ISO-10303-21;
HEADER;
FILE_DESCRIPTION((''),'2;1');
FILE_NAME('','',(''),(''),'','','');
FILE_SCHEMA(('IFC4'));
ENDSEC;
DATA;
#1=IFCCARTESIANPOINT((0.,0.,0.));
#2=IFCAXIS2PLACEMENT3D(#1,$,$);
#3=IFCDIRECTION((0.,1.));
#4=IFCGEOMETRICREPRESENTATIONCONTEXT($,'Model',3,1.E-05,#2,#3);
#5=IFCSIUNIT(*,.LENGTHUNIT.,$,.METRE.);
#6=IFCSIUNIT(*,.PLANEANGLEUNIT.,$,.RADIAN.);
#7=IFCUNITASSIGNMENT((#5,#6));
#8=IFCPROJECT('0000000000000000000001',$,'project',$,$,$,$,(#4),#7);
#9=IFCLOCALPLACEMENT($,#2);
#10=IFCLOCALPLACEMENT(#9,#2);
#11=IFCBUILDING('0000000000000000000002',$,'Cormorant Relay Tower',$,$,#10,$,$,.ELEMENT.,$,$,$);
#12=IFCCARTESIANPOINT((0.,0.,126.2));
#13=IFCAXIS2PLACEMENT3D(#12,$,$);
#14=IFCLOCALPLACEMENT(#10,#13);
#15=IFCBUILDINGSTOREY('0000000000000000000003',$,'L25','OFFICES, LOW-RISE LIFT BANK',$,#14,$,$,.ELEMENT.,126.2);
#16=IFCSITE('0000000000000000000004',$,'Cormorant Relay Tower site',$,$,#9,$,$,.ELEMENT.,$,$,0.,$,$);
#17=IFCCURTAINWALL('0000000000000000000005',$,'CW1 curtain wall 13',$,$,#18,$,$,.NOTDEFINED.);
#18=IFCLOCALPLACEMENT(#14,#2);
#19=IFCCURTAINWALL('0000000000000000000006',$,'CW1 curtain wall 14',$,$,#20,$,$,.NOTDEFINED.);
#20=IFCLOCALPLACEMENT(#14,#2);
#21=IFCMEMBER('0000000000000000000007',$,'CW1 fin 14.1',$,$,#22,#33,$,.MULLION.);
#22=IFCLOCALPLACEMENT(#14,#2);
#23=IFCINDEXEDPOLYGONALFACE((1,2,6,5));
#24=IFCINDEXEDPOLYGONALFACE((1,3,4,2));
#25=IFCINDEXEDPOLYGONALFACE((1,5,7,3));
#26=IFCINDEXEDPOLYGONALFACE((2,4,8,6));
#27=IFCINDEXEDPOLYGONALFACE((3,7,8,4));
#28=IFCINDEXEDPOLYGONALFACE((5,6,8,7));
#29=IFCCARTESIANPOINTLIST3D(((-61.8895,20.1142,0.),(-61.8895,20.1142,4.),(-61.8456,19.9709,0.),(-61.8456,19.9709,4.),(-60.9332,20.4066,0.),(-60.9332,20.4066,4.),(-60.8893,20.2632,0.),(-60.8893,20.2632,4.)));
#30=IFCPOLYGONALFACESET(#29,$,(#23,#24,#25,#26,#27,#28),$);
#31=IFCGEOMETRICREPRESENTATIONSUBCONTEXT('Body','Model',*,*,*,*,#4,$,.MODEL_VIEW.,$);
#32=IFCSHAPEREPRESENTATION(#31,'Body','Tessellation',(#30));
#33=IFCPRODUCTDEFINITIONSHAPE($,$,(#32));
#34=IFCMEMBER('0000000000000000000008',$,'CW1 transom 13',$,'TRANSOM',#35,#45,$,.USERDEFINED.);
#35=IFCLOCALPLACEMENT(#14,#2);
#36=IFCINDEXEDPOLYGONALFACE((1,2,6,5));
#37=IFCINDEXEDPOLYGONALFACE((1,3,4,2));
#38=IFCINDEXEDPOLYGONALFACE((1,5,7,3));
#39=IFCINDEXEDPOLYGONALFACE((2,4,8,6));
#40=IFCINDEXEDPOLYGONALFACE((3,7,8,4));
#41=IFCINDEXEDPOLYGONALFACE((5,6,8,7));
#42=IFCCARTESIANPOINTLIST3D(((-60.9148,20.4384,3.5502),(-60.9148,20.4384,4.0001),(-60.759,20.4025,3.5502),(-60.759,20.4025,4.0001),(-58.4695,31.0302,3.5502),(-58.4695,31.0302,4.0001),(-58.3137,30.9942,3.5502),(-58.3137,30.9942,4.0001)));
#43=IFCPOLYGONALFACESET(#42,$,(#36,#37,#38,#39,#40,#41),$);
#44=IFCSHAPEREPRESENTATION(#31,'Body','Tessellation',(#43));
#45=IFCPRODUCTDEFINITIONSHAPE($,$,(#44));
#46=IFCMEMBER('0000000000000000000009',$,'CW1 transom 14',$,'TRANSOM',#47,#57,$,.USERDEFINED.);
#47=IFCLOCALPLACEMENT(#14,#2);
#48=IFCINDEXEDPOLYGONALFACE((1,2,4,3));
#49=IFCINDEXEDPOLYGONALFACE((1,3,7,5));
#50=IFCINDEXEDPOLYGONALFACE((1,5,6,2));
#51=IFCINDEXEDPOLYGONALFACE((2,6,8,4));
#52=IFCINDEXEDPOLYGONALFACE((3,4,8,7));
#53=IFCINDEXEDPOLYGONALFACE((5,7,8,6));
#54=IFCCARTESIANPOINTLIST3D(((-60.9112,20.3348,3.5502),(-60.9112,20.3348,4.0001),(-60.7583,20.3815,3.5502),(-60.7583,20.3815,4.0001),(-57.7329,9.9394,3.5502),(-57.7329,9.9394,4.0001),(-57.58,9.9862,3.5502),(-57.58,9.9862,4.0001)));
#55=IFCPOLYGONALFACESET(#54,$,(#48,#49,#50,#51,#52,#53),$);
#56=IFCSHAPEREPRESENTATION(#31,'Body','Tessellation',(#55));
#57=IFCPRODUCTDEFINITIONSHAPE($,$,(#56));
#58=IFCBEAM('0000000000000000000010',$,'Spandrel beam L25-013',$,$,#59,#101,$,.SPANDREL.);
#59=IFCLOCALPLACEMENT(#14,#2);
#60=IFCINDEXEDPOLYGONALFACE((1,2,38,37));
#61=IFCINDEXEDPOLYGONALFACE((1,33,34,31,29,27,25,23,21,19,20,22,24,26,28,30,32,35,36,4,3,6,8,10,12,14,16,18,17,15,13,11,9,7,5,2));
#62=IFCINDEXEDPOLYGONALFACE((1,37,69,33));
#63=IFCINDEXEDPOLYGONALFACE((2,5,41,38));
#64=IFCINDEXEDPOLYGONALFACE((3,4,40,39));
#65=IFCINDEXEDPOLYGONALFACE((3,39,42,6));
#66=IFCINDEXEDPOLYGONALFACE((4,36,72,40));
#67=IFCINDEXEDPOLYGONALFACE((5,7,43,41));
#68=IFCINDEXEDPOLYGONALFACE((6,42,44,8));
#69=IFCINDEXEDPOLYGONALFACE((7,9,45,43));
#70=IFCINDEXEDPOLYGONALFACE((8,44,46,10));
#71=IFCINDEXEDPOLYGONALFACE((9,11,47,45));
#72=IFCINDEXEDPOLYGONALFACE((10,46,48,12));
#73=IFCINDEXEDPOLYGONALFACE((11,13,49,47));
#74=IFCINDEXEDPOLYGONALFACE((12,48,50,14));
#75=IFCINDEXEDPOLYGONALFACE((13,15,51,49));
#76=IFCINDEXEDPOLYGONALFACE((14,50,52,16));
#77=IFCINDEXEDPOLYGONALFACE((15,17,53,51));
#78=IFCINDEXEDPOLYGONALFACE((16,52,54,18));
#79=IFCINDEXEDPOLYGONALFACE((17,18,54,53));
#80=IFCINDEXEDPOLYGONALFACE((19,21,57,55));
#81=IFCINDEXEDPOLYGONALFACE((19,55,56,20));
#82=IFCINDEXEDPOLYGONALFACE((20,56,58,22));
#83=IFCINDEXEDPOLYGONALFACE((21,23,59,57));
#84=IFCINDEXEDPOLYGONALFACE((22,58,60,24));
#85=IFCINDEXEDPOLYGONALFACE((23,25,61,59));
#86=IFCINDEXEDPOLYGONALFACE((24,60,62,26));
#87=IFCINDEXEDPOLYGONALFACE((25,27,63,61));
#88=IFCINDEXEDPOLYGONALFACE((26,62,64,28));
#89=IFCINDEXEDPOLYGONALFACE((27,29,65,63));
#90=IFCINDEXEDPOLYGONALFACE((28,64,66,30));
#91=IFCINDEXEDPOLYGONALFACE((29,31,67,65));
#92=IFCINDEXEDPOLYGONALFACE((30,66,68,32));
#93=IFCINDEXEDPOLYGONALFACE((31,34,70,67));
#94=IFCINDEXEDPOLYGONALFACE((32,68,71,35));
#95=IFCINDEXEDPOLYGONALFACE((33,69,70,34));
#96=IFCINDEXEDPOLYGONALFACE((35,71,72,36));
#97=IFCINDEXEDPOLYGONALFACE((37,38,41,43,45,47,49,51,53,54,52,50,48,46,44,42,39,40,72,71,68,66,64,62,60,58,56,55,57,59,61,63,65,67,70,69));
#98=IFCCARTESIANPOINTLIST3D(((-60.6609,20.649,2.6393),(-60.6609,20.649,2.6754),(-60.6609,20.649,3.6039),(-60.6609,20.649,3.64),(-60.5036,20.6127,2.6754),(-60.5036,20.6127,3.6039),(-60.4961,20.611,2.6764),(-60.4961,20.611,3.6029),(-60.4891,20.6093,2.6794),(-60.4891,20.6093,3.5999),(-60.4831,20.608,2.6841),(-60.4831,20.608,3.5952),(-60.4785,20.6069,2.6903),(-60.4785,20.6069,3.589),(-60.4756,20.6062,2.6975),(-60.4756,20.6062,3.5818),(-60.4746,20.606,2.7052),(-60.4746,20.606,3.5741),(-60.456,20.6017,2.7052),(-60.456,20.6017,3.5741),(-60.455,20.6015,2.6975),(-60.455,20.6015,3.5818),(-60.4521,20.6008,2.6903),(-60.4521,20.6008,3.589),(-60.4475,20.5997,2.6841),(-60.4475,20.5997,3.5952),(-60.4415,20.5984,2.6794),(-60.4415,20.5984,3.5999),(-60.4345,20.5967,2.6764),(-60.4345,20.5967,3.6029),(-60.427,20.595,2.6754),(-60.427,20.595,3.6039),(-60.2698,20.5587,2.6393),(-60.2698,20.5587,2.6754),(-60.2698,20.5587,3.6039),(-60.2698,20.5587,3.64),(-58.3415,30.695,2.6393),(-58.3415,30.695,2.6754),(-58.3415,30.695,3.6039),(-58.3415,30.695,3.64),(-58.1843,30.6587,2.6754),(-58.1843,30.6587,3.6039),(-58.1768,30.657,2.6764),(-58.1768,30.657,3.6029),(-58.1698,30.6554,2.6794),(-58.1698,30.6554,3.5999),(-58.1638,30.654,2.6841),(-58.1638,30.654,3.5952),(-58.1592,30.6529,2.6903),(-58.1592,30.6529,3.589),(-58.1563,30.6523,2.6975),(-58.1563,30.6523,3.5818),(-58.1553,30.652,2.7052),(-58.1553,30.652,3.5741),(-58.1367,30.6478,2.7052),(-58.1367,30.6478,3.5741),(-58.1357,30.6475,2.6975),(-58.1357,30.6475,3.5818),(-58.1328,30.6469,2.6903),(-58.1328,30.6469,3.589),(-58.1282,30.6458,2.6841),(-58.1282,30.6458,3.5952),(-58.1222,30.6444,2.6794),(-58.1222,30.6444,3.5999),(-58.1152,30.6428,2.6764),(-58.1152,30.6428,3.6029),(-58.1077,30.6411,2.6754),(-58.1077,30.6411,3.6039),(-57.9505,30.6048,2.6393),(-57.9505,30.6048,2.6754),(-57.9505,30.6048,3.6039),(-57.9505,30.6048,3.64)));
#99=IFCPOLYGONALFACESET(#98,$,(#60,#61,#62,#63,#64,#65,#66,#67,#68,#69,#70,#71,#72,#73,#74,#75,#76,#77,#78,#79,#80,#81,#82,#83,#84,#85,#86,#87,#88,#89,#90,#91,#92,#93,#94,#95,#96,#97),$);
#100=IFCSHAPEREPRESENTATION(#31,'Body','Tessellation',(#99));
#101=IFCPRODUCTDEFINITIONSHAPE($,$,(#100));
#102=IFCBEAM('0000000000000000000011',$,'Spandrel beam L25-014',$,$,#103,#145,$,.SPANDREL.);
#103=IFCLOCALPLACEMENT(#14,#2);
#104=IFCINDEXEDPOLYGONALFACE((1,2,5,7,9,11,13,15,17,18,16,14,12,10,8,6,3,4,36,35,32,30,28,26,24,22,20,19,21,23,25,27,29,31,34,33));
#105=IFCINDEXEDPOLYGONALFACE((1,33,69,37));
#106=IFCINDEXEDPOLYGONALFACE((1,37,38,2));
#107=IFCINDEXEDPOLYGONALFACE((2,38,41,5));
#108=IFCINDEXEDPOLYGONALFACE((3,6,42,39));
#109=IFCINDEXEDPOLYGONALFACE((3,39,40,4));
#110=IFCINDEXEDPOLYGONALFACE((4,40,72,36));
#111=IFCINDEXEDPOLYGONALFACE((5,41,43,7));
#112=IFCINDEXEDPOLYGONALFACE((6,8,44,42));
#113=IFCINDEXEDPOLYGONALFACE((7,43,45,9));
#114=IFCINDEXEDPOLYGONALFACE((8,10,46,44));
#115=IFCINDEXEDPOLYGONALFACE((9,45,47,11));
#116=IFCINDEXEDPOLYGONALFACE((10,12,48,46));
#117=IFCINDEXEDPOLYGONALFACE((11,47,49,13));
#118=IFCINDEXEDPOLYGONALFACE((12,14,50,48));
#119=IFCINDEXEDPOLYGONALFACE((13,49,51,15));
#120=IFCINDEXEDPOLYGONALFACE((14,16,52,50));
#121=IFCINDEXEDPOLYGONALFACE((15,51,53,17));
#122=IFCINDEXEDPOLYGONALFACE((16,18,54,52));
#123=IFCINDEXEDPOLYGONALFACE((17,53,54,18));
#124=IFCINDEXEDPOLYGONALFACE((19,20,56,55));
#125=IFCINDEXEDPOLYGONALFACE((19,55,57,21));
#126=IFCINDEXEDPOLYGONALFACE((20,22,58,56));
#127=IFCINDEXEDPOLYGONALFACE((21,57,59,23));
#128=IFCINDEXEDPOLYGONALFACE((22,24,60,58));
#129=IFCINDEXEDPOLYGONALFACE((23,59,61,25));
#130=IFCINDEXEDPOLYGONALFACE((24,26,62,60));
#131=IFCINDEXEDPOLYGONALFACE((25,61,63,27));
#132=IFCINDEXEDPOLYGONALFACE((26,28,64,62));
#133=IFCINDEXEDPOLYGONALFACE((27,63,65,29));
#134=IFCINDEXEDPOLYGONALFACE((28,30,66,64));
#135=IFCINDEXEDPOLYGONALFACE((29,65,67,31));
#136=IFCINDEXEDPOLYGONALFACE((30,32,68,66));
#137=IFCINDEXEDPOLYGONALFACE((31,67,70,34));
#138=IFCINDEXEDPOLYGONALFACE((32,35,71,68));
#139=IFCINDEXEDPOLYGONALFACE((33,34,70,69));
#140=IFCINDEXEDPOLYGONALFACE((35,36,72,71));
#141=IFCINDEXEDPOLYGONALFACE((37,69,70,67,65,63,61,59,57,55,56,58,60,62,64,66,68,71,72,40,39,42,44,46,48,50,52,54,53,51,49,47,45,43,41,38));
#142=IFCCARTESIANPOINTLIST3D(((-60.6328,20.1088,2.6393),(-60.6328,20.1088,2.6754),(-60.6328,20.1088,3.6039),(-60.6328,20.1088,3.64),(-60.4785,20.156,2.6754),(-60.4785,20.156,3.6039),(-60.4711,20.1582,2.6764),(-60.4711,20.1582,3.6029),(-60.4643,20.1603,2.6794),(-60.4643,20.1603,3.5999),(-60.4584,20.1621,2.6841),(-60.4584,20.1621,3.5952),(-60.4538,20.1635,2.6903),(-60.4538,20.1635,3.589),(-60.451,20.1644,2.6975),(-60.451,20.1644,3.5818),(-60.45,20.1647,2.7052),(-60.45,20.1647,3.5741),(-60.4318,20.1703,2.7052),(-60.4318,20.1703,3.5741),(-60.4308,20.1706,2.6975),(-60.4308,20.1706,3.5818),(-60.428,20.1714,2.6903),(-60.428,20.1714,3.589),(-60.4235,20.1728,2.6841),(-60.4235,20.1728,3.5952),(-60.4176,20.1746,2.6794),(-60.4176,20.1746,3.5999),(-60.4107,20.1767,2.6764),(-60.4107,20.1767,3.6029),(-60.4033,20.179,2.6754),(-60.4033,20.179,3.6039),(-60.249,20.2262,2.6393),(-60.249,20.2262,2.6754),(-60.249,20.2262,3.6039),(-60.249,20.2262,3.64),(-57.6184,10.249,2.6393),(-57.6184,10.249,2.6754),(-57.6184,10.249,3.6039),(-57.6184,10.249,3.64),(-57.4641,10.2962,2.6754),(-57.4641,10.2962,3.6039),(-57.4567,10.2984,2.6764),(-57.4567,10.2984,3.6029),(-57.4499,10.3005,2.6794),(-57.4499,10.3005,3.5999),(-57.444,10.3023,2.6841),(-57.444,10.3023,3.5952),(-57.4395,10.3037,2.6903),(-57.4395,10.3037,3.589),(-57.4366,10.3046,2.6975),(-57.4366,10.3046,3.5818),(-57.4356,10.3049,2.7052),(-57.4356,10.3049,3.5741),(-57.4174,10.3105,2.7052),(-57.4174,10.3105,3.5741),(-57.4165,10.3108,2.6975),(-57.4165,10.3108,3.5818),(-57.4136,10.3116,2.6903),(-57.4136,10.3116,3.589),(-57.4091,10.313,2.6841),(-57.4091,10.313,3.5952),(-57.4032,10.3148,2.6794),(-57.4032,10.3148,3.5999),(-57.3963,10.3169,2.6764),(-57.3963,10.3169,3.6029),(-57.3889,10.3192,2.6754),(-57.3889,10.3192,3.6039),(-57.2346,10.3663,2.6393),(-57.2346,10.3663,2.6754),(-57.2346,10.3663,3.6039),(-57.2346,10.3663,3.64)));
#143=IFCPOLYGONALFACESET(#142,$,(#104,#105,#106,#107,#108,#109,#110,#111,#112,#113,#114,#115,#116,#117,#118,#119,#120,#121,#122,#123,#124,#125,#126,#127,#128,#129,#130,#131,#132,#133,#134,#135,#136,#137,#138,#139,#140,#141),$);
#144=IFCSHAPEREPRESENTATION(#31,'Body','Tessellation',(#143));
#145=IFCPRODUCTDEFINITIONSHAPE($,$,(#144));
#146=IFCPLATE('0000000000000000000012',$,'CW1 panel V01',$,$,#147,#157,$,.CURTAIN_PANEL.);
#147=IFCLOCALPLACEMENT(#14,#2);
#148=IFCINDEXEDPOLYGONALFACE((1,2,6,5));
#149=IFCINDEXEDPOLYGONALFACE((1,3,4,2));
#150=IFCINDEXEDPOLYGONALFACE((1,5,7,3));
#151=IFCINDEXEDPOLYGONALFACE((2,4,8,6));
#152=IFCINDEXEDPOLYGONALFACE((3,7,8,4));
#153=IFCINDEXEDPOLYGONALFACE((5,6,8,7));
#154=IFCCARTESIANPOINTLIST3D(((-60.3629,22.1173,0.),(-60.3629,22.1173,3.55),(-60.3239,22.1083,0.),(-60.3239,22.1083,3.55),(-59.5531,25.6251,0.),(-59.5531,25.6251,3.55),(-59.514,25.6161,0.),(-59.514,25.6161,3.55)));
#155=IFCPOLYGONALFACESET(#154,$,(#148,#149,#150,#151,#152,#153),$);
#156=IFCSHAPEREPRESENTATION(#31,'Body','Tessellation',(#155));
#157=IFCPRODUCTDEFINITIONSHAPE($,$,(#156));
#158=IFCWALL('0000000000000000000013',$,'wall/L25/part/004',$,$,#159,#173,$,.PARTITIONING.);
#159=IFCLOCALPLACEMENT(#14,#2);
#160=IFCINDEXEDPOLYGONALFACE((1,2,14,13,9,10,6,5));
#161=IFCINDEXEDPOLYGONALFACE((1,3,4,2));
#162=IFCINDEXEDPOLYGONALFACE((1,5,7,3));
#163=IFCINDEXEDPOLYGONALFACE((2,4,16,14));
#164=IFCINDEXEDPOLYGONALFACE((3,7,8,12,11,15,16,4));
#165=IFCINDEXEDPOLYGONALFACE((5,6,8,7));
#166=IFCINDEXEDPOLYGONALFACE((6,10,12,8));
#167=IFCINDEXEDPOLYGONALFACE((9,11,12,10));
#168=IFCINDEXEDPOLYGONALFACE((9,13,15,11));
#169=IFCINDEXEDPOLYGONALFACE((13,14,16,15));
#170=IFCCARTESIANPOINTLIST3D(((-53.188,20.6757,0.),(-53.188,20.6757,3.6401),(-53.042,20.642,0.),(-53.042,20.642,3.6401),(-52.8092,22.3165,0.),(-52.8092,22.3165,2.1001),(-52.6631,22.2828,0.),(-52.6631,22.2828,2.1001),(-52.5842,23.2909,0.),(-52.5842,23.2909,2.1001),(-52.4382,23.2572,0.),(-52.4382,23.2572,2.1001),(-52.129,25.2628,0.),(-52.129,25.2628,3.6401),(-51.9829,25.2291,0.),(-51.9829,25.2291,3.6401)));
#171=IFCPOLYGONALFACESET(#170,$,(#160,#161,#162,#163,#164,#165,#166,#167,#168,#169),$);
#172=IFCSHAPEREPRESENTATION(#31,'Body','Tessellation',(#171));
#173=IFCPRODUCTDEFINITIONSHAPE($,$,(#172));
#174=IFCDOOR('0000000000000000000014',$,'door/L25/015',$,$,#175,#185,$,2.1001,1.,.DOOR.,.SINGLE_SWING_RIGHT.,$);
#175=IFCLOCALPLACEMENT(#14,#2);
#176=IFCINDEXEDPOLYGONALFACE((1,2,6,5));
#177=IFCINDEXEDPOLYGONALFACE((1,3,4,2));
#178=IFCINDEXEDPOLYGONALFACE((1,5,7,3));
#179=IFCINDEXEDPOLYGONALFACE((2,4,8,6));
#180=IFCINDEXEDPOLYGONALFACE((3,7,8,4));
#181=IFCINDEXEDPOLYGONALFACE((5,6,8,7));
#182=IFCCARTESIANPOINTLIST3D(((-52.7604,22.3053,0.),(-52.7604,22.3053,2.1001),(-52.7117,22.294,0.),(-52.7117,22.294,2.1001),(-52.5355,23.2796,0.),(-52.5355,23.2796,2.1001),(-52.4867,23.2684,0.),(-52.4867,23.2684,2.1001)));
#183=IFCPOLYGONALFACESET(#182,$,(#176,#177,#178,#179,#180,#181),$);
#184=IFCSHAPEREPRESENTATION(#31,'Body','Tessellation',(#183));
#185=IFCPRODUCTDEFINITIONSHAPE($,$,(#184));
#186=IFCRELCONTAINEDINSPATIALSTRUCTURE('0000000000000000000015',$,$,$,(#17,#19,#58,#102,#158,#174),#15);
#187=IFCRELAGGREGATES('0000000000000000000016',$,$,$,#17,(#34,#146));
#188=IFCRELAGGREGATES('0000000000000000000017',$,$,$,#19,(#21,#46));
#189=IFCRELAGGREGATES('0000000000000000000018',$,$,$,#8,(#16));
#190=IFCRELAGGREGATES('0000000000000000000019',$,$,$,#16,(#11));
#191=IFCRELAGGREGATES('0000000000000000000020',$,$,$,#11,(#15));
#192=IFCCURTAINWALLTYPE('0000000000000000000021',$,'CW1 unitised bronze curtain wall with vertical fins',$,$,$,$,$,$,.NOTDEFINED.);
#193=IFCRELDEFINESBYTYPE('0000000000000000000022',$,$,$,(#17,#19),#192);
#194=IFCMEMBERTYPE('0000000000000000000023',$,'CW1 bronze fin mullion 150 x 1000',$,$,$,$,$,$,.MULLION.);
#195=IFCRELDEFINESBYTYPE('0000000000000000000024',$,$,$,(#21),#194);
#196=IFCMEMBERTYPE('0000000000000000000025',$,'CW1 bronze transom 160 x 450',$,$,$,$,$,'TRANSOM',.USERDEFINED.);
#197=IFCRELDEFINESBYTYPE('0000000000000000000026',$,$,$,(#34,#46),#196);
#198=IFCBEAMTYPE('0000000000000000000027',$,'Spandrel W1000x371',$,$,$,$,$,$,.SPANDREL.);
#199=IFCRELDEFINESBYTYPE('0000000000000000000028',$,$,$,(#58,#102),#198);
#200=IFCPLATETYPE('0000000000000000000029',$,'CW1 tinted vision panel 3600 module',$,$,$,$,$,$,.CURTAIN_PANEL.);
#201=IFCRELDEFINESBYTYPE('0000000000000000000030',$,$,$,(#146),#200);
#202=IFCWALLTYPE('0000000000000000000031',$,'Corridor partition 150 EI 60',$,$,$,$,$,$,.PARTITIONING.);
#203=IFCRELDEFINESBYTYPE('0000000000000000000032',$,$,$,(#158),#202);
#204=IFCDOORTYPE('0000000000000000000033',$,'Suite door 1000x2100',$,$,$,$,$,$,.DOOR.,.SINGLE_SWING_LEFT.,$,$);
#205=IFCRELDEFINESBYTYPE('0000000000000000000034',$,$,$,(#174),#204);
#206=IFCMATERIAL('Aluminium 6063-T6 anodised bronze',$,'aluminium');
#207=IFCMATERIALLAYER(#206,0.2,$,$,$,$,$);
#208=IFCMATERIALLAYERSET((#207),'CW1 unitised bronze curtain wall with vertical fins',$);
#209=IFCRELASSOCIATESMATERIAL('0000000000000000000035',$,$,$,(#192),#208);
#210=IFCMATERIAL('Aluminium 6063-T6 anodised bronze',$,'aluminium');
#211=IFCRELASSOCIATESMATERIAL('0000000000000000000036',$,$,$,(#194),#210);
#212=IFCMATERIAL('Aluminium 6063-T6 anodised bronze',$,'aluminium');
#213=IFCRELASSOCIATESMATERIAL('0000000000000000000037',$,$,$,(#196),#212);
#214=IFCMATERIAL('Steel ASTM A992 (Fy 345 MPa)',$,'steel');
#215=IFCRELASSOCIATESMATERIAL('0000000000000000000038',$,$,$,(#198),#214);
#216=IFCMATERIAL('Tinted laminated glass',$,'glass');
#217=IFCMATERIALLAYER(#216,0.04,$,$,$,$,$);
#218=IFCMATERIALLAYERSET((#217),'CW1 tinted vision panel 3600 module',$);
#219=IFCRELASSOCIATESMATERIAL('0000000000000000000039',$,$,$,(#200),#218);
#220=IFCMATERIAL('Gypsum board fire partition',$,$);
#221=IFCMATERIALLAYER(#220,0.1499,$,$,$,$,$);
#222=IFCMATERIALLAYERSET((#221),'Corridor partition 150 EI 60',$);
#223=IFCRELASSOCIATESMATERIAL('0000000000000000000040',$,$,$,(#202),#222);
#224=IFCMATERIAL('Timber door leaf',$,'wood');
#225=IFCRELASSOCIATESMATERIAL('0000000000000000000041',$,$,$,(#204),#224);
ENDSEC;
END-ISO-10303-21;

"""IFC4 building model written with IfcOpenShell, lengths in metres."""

from ifc_helpers import new_model, si_unit, direction, frame, frame_2d, origin, origin_2d, place, context, subcontext, project, spatial, rectangle, i_section, extrude, material, layer, layer_set, material_profile, profile_set, type_object, element, fill, aggregate, save


model = new_model("IFC4")

# Units and contexts
model_context = context("Model", 3, precision=1e-05, world=origin(), true_north=direction((0.0, 1.0)))
body_context = subcontext(model_context, "Body", "Model", "MODEL_VIEW")
ifc_project = project(units=[si_unit("LENGTHUNIT", "METRE"), si_unit("PLANEANGLEUNIT", "RADIAN")], contexts=[model_context])

# Site, building, storey
site_placement = place(None, origin())
site = spatial("IfcSite", under=ifc_project, at=site_placement, Name="Cormorant Relay Tower site", CompositionType="ELEMENT", RefElevation=0.0)
building_placement = place(site_placement, origin())
building = spatial("IfcBuilding", under=site, at=building_placement, Name="Cormorant Relay Tower", CompositionType="ELEMENT")
storey_placement = place(building_placement, frame((0.0, 0.0, 126.2)))
storey = spatial("IfcBuildingStorey", under=building, at=storey_placement, Name="L25", Description="OFFICES, LOW-RISE LIFT BANK", CompositionType="ELEMENT", Elevation=126.2)

# Curtain walls, member
ifc_material_1 = material(Name="Aluminium 6063-T6 anodised bronze", Category="aluminium")
ifc_layer_1 = layer(ifc_material_1, 0.2)
ifc_layer_set_1 = layer_set([ifc_layer_1], Name="CW1 unitised bronze curtain wall with vertical fins")
curtain_wall_type = type_object("IfcCurtainWallType", Name="CW1 unitised bronze curtain wall with vertical fins", PredefinedType="NOTDEFINED", material=ifc_layer_set_1)
curtain_wall_1_placement = place(storey_placement, origin())
curtain_wall_1 = element("IfcCurtainWall", 1, at=curtain_wall_1_placement, inside=storey, type_object=curtain_wall_type, Name="CW1 curtain wall 13", PredefinedType="NOTDEFINED")
ifc_material_2 = material(Name="Aluminium 6063-T6 anodised bronze", Category="aluminium")
ifc_material_profile_1 = material_profile(ifc_material_2, rectangle(XDim=0.1499, YDim=1.0, at=origin_2d()), Name="AL 150x1000")
ifc_profile_set_1 = profile_set([ifc_material_profile_1], Name="Aluminium 6063-T6 anodised bronze")
member_type_1 = type_object("IfcMemberType", Name="CW1 bronze fin mullion 150 x 1000", PredefinedType="MULLION", material=ifc_profile_set_1)
curtain_wall_2_placement = place(storey_placement, origin())
curtain_wall_2 = element("IfcCurtainWall", 2, at=curtain_wall_2_placement, inside=storey, type_object=curtain_wall_type, Name="CW1 curtain wall 14", PredefinedType="NOTDEFINED")
member_1_placement = place(storey_placement, frame((-61.3894, 20.1887, 0.0), z_axis=(0.0, 0.0, 1.0), x_axis=(0.292372, -0.956305, 0.0)))
member_1 = element("IfcMember", 3, at=member_1_placement, type_object=member_type_1, Name="CW1 fin 14.1", PredefinedType="MULLION", context=body_context, shape_type="SweptSolid", body=[
    extrude(rectangle(XDim=0.1499, YDim=1.0, at=origin_2d()), origin(), (0.0, 0.0, 1.0), 4.0),
])

# Members
ifc_material_3 = material(Name="Aluminium 6063-T6 anodised bronze", Category="aluminium")
ifc_material_profile_2 = material_profile(ifc_material_3, rectangle(XDim=0.1599, YDim=0.45, at=origin_2d()), Name="AL 160x450")
ifc_profile_set_2 = profile_set([ifc_material_profile_2], Name="Aluminium 6063-T6 anodised bronze")
member_type_2 = type_object("IfcMemberType", Name="CW1 bronze transom 160 x 450", ElementType="TRANSOM", PredefinedType="USERDEFINED", material=ifc_profile_set_2)
member_2_placement = place(storey_placement, frame((-58.3916, 31.0122, 3.7751), z_axis=(-0.224951, -0.97437, 0.0), x_axis=(0.97437, -0.224951, 0.0)))
member_2 = element("IfcMember", 4, at=member_2_placement, type_object=member_type_2, Name="CW1 transom 13", ObjectType="TRANSOM", PredefinedType="USERDEFINED", context=body_context, shape_type="SweptSolid", body=[
    extrude(rectangle(XDim=0.1599, YDim=0.45, at=origin_2d()), origin(), (0.0, 0.0, 1.0), 10.8704),
])
member_3_placement = place(storey_placement, frame((-60.8347, 20.3582, 3.7751), z_axis=(0.292378, -0.956303, 0.0), x_axis=(0.956303, 0.292378, 0.0)))
member_3 = element("IfcMember", 5, at=member_3_placement, type_object=member_type_2, Name="CW1 transom 14", ObjectType="TRANSOM", PredefinedType="USERDEFINED", context=body_context, shape_type="SweptSolid", body=[
    extrude(rectangle(XDim=0.1599, YDim=0.45, at=origin_2d()), origin(), (0.0, 0.0, 1.0), 10.8704),
])

# Beams
ifc_material_4 = material(Name="Steel ASTM A992 (Fy 345 MPa)", Category="steel")
ifc_material_profile_3 = material_profile(ifc_material_4, i_section(OverallWidth=0.4014, OverallDepth=1.0007, WebThickness=0.019, FlangeThickness=0.0361, FilletRadius=0.0298, at=origin_2d()), Name="W1000x371")
ifc_profile_set_3 = profile_set([ifc_material_profile_3], Name="Steel ASTM A992 (Fy 345 MPa)")
beam_type = type_object("IfcBeamType", Name="Spandrel W1000x371", PredefinedType="SPANDREL", material=ifc_profile_set_3)
for number, where, z_axis, x_axis, name in (
    (6, (-58.146, 30.6499, 3.1396), (-0.224951, -0.97437, 0.0), (0.97437, -0.224951, 0.0), "Spandrel beam L25-013"),
    (7, (-60.4409, 20.1675, 3.1396), (0.292367, -0.956306, 0.0), (0.956306, 0.292367, 0.0), "Spandrel beam L25-014"),
):
    element("IfcBeam", number, at=place(storey_placement, frame(where, z_axis=z_axis, x_axis=x_axis)), inside=storey, type_object=beam_type, Name=name, PredefinedType="SPANDREL", context=body_context, shape_type="SweptSolid", body=[
        extrude(i_section(OverallWidth=0.4014, OverallDepth=1.0007, WebThickness=0.019, FlangeThickness=0.0361, FilletRadius=0.0298, at=origin_2d()), origin(), (0.0, 0.0, 1.0), 10.3103),
    ])

# Plate
ifc_material_5 = material(Name="Tinted laminated glass", Category="glass")
ifc_layer_2 = layer(ifc_material_5, 0.04)
ifc_layer_set_2 = layer_set([ifc_layer_2], Name="CW1 tinted vision panel 3600 module")
plate_type = type_object("IfcPlateType", Name="CW1 tinted vision panel 3600 module", PredefinedType="CURTAIN_PANEL", material=ifc_layer_set_2)
plate_placement = place(storey_placement, frame((-59.9385, 23.8667, 0.0), z_axis=(0.0, 0.0, 1.0), x_axis=(-0.224951, -0.97437, 0.0)))
plate = element("IfcPlate", 8, at=plate_placement, type_object=plate_type, Name="CW1 panel V01", PredefinedType="CURTAIN_PANEL", context=body_context, shape_type="SweptSolid", body=[
    extrude(rectangle(XDim=3.6001, YDim=0.04, at=origin_2d()), origin(), (0.0, 0.0, 1.0), 3.55),
])

# Wall, opening, door
ifc_material_6 = material(Name="Gypsum board fire partition")
ifc_layer_3 = layer(ifc_material_6, 0.1499)
ifc_layer_set_3 = layer_set([ifc_layer_3], Name="Corridor partition 150 EI 60")
wall_type_1 = type_object("IfcWallType", Name="Corridor partition 150 EI 60", PredefinedType="PARTITIONING", material=ifc_layer_set_3)
wall_1_placement = place(storey_placement, frame((-52.0559, 25.2461, 0.0), z_axis=(0.0, 0.0, 1.0), x_axis=(-0.224962, -0.974368, 0.0)))
wall_1 = element("IfcWall", 9, at=wall_1_placement, inside=storey, type_object=wall_type_1, Name="wall/L25/part/004", PredefinedType="PARTITIONING", context=body_context, shape_type="SweptSolid", body=[
    extrude(rectangle(XDim=4.7078, YDim=0.1499, at=frame_2d((2.354, 0.0))), origin(), (0.0, 0.0, 1.0), 3.6401),
])
opening_1_placement = place(wall_1_placement, frame((2.0239, 0.0, 0.0)))
opening_1 = element("IfcOpeningElement", 10, at=opening_1_placement, cuts=wall_1, PredefinedType="OPENING", context=body_context, shape_type="SweptSolid", body=[
    extrude(rectangle(XDim=1.0, YDim=2.1001, at=frame_2d((0.5, 1.05))), frame((0.0, 0.085, 0.0), z_axis=(0.0, -1.0, 0.0), x_axis=(1.0, 0.0, 0.0)), (0.0, 0.0, 1.0), 0.1699),
])
ifc_material_7 = material(Name="Timber door leaf", Category="wood")
door_type_1 = type_object("IfcDoorType", Name="Suite door 1000x2100", OperationType="SINGLE_SWING_LEFT", PredefinedType="DOOR", material=ifc_material_7)
door_1_placement = place(opening_1_placement, frame((1.0, 0.0, 0.0), z_axis=(0.0, 0.0, 1.0), x_axis=(-1.0, 0.0, 0.0)))
door_1 = element("IfcDoor", 11, at=door_1_placement, inside=storey, type_object=door_type_1, Name="door/L25/015", OperationType="SINGLE_SWING_RIGHT", OverallHeight=2.1001, OverallWidth=1.0, PredefinedType="DOOR", context=body_context, shape_type="SweptSolid", body=[
    extrude(rectangle(XDim=1.0, YDim=2.1001, at=frame_2d((0.5, 1.05))), frame((0.0, 0.0249, 0.0), z_axis=(0.0, -1.0, 0.0), x_axis=(1.0, 0.0, 0.0)), (0.0, 0.0, 1.0), 0.05),
])
fill(opening_1, door_1)

aggregate(curtain_wall_1, [member_2, plate])
aggregate(curtain_wall_2, [member_1, member_3])

save(model, "model.ifc")
